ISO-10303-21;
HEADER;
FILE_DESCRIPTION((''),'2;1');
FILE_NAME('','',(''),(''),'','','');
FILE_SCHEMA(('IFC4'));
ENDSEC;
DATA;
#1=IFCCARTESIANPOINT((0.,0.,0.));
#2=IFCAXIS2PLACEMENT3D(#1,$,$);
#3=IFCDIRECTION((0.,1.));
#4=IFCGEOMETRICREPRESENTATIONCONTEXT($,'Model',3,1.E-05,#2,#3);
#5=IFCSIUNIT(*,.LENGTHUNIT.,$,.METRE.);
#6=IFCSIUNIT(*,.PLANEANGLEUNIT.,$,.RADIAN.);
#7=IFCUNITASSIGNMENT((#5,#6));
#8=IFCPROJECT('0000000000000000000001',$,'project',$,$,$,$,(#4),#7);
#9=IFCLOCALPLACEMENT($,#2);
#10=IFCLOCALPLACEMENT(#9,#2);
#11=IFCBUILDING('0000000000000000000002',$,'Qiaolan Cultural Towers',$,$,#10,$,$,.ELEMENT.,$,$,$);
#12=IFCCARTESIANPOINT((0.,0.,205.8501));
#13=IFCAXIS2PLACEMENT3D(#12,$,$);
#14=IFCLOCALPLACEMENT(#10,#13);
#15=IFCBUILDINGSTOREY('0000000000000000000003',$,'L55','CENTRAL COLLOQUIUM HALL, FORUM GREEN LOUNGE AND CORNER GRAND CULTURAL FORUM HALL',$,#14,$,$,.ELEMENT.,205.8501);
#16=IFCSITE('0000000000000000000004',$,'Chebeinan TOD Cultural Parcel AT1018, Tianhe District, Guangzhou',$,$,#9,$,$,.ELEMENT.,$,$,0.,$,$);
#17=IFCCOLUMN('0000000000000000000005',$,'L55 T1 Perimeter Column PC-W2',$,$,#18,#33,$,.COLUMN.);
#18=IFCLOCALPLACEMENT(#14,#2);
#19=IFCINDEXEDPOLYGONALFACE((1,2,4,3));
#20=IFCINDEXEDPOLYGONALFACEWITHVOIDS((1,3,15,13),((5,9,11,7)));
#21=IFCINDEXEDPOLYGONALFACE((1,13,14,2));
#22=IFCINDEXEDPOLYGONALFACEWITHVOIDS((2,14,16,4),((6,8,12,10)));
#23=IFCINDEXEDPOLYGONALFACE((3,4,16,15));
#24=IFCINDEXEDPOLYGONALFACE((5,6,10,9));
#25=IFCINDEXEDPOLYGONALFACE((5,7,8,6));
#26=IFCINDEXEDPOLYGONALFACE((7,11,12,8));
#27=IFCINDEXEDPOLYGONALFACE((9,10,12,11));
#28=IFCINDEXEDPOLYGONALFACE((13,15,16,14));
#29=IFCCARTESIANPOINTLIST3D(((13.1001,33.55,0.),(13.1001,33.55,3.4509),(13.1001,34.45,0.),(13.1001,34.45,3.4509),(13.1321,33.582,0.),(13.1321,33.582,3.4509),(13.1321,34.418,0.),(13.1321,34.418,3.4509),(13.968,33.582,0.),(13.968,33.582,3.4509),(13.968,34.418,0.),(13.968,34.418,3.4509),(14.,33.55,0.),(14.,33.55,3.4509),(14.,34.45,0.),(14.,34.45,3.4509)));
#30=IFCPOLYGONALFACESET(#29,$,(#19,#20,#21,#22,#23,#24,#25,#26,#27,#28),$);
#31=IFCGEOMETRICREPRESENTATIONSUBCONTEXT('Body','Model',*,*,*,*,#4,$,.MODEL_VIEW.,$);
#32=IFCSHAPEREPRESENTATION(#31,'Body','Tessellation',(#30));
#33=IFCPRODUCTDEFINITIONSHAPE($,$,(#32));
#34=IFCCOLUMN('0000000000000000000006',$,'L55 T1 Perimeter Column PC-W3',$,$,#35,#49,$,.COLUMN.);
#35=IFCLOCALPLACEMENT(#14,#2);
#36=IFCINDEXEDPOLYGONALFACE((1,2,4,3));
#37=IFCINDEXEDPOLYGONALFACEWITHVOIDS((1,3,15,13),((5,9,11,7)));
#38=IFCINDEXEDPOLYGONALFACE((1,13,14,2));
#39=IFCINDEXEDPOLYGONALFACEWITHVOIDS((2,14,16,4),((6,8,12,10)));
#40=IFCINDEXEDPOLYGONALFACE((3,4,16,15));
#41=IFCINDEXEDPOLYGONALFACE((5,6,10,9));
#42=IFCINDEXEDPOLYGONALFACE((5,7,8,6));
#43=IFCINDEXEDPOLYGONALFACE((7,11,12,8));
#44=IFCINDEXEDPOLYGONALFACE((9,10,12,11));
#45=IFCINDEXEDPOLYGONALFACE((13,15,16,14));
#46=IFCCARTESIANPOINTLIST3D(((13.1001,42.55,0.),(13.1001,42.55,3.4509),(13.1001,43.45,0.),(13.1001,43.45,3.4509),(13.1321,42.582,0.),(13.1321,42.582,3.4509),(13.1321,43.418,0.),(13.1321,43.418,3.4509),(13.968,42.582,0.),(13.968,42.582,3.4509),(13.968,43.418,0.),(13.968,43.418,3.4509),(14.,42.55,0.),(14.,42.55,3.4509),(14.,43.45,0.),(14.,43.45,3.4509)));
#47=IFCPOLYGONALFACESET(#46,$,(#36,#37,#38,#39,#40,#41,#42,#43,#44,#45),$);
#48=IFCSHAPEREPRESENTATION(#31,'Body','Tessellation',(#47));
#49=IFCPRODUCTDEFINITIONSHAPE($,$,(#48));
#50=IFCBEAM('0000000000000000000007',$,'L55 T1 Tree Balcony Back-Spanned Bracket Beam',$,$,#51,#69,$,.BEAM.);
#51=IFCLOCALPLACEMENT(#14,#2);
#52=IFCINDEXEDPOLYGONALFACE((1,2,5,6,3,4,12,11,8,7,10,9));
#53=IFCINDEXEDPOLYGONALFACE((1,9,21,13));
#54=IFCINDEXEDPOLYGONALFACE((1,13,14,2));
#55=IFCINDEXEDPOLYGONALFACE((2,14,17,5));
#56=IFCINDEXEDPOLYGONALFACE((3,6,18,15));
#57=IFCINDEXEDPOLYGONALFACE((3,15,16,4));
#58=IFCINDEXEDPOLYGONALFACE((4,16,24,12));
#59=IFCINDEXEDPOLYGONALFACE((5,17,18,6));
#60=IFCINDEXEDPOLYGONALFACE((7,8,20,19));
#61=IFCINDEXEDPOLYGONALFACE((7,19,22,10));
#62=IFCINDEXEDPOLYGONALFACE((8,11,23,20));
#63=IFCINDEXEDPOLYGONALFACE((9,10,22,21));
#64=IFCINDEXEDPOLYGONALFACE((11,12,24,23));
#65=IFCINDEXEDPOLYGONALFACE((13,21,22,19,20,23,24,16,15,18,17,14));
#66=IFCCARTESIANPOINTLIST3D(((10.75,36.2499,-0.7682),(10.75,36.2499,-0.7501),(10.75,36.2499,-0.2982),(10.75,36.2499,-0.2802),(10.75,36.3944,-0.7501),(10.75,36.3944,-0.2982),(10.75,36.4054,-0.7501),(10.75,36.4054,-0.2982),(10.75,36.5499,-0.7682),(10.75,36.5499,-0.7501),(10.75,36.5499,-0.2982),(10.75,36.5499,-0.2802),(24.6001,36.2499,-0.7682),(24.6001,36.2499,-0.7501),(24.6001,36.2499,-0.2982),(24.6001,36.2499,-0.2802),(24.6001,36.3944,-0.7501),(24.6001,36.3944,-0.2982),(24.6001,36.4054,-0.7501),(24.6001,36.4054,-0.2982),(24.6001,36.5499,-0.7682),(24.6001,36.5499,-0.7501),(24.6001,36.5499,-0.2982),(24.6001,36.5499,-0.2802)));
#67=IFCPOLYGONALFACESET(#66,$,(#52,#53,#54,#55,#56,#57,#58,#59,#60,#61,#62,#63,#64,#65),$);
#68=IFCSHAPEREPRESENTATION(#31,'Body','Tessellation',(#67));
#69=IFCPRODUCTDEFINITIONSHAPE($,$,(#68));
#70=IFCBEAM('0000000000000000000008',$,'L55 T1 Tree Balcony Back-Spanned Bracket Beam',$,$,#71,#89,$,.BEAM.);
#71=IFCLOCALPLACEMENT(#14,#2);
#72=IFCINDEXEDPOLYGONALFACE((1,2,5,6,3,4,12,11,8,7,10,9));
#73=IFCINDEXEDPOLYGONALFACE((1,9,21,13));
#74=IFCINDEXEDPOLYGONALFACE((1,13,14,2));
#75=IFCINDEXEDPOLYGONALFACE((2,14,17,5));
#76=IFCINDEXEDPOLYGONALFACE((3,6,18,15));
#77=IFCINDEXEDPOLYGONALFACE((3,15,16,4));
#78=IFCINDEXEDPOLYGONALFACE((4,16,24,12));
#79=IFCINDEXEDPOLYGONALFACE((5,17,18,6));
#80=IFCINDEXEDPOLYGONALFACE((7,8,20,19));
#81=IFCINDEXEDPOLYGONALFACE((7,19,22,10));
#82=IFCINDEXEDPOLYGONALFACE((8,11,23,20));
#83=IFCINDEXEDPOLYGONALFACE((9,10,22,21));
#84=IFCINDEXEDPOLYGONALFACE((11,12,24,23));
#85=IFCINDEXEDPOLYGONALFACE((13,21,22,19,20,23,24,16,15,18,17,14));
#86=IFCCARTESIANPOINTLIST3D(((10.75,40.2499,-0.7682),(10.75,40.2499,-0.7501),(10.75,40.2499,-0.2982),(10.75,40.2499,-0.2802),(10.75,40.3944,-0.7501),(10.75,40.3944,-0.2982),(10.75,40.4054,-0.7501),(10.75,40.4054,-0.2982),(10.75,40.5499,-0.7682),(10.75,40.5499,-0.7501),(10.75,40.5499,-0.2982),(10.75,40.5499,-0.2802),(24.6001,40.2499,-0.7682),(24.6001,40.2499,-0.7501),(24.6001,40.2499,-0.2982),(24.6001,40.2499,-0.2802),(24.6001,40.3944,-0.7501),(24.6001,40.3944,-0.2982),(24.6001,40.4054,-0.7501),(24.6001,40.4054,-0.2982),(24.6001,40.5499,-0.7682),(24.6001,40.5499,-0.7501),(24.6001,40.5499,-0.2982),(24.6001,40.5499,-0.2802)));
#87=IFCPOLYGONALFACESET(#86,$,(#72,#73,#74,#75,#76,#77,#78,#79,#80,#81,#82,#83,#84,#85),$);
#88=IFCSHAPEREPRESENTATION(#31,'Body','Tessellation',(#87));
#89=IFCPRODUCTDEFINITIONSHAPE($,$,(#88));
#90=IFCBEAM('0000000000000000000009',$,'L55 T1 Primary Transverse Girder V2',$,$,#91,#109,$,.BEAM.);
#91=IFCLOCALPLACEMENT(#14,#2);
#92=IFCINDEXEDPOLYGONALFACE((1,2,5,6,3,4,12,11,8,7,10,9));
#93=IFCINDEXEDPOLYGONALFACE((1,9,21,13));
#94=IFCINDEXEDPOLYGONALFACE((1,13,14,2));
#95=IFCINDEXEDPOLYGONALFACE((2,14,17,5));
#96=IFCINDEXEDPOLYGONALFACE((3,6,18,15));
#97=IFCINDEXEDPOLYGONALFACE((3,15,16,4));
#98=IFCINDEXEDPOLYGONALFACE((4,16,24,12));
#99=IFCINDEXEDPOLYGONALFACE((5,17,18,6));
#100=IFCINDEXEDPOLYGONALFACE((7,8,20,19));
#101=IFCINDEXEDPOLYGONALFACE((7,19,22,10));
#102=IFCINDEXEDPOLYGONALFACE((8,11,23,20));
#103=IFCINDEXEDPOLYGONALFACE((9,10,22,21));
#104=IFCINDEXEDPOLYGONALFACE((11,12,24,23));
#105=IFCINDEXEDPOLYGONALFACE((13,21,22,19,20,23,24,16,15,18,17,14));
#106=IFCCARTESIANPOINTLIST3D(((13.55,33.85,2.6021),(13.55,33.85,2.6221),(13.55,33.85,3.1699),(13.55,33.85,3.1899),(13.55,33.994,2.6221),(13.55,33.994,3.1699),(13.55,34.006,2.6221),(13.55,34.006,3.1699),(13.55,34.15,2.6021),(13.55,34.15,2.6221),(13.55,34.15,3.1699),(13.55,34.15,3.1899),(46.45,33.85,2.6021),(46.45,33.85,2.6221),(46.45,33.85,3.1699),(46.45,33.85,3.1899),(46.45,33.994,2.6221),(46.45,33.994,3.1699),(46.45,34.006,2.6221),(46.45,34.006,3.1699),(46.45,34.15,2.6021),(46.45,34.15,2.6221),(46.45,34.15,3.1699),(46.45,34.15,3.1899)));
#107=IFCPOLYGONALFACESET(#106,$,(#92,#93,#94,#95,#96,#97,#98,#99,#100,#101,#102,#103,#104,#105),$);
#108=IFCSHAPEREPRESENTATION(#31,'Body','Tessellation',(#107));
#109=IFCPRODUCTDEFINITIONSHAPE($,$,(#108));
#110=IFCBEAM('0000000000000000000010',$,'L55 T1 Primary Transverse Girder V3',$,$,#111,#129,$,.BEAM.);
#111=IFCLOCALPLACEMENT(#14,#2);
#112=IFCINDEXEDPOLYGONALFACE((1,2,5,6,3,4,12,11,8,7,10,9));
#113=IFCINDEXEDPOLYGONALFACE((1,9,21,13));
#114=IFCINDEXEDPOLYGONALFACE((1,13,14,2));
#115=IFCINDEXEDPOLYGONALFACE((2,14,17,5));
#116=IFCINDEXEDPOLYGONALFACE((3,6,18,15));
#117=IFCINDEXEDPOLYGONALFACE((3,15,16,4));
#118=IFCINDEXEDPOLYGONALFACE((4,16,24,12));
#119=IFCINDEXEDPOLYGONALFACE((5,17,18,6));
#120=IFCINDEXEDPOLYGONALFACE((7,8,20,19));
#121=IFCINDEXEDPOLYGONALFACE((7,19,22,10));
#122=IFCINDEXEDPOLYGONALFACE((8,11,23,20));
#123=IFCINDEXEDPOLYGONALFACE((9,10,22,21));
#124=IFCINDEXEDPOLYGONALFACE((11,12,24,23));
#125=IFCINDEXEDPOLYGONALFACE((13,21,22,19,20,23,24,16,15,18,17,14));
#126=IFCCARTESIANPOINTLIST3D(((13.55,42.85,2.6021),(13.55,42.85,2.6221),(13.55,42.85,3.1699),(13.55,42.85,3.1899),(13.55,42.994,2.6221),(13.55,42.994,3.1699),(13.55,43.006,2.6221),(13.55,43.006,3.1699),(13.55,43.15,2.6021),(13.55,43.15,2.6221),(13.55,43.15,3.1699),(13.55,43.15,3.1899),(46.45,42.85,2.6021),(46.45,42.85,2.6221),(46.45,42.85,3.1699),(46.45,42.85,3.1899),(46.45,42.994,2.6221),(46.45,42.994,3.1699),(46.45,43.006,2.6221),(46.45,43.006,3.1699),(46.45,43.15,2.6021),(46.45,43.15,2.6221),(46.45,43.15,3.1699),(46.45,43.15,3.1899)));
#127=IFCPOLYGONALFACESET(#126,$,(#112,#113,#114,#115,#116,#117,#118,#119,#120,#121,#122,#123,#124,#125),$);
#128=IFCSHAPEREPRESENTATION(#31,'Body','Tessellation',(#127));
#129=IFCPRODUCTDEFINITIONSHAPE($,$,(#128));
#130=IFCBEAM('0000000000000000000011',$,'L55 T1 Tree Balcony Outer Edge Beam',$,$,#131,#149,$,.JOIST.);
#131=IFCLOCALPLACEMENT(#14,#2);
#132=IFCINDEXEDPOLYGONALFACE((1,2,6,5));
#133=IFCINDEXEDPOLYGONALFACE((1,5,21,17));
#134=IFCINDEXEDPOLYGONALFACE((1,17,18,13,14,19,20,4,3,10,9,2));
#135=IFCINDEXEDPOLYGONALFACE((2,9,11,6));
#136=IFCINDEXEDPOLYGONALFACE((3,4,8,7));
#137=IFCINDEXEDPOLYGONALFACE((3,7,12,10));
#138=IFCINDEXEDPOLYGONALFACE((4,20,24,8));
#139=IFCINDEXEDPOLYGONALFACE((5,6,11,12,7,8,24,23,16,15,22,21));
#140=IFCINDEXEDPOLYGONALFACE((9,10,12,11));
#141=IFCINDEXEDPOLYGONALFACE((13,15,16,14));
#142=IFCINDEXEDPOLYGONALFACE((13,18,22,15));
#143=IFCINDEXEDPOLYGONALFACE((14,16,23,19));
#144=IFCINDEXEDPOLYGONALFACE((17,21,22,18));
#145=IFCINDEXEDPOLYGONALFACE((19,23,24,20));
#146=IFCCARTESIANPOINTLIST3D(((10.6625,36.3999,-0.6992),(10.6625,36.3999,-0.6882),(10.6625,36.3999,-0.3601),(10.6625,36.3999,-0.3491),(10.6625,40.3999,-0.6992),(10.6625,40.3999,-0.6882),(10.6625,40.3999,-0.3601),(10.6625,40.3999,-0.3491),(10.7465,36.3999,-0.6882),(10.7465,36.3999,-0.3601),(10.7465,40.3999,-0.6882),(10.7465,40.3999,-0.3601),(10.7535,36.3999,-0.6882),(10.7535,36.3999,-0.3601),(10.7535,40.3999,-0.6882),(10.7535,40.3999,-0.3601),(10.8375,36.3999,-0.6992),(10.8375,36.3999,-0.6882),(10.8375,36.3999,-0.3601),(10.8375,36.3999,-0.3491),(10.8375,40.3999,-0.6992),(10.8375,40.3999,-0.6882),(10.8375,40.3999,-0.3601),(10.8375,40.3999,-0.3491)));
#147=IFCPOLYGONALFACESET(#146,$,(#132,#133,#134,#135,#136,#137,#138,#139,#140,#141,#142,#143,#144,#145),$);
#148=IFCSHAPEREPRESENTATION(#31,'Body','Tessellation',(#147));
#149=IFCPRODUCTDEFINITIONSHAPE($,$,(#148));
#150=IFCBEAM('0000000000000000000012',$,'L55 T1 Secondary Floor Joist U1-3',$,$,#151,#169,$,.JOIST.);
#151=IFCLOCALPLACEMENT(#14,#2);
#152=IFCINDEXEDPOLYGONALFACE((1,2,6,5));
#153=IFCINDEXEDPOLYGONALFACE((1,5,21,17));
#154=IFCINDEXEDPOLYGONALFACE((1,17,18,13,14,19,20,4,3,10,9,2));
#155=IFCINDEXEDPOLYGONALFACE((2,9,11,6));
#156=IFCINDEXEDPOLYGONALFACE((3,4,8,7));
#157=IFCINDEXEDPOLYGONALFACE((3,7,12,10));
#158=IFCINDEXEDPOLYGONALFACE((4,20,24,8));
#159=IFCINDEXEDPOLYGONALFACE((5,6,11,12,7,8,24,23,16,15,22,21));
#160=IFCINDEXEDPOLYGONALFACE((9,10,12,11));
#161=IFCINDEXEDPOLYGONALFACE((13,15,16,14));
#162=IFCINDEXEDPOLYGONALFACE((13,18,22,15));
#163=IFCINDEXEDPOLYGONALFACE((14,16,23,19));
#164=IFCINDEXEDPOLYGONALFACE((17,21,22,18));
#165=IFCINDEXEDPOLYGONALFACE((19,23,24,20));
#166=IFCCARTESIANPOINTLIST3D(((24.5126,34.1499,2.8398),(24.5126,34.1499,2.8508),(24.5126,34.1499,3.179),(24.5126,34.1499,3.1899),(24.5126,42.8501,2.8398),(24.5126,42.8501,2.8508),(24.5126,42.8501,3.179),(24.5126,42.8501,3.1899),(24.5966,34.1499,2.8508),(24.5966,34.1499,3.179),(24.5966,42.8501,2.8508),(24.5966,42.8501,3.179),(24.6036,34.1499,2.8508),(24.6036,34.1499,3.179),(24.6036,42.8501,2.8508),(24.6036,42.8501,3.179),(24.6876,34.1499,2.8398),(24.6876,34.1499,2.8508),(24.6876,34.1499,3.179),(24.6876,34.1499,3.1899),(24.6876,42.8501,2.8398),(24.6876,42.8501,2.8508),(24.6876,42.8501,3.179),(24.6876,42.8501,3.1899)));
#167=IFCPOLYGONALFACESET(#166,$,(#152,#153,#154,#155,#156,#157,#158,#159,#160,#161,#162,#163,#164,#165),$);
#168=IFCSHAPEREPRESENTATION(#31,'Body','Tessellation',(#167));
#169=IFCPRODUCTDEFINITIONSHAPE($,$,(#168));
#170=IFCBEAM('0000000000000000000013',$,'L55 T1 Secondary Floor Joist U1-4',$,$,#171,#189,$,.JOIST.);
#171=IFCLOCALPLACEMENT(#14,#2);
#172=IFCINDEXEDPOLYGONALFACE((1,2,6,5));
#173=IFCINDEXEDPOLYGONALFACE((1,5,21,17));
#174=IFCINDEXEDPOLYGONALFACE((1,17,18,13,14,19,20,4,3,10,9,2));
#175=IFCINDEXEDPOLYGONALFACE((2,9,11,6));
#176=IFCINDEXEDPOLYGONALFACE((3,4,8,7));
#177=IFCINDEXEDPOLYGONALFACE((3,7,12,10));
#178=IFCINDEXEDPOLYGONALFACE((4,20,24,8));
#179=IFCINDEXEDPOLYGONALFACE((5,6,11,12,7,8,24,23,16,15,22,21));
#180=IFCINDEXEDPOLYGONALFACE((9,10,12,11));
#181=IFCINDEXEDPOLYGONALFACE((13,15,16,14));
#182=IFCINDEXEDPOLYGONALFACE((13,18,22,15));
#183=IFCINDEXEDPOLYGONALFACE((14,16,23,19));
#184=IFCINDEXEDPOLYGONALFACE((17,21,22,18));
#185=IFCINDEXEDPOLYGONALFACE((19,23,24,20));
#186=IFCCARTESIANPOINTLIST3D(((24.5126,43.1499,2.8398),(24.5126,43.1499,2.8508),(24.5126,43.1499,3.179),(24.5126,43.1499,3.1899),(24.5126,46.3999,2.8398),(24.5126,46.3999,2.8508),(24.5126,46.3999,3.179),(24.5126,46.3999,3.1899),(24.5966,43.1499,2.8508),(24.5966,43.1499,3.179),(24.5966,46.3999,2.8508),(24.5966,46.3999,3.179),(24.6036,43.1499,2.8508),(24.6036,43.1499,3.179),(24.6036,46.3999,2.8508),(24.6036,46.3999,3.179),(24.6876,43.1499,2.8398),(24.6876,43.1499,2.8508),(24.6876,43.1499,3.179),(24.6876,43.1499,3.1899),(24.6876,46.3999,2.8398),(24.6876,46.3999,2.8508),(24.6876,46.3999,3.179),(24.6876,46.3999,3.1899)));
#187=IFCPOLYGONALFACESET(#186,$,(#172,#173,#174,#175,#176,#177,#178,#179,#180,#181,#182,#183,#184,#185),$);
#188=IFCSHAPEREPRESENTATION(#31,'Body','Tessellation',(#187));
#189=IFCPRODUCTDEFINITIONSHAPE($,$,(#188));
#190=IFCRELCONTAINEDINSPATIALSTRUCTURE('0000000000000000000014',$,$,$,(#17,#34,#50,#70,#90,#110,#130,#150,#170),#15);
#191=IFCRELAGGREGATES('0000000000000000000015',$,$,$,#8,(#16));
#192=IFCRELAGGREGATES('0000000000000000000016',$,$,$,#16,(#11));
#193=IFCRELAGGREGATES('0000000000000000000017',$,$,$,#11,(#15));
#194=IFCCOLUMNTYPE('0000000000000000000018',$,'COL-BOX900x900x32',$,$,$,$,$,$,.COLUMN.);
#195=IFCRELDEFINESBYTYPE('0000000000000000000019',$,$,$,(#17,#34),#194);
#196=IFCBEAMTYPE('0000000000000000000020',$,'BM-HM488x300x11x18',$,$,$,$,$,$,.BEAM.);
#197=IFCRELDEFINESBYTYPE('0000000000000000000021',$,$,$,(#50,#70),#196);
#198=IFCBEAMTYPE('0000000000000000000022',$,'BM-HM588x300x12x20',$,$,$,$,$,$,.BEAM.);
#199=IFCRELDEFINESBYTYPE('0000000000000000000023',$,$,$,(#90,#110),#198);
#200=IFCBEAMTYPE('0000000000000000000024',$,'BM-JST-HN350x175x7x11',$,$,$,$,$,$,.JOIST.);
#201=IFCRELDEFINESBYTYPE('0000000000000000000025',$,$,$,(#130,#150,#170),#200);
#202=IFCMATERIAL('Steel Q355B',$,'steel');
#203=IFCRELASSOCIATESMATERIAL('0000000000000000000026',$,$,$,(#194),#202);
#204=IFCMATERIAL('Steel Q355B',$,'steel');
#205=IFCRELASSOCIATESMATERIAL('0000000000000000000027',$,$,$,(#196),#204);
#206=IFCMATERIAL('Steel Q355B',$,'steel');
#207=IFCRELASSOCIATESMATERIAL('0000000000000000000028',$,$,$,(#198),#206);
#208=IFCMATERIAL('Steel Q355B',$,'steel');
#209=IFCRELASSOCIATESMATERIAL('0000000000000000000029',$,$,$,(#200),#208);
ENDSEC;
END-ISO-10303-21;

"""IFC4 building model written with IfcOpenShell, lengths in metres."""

from ifc_helpers import new_model, si_unit, direction, frame, origin, origin_2d, place, context, subcontext, project, spatial, hollow_rectangle, i_section, extrude, material, material_profile, profile_set, type_object, element, save


model = new_model("IFC4")

# Units and contexts
model_context = context("Model", 3, precision=1e-05, world=origin(), true_north=direction((0.0, 1.0)))
body_context = subcontext(model_context, "Body", "Model", "MODEL_VIEW")
ifc_project = project(units=[si_unit("LENGTHUNIT", "METRE"), si_unit("PLANEANGLEUNIT", "RADIAN")], contexts=[model_context])

# Site, building, storey
site_placement = place(None, origin())
site = spatial("IfcSite", under=ifc_project, at=site_placement, Name="Chebeinan TOD Cultural Parcel AT1018, Tianhe District, Guangzhou", CompositionType="ELEMENT", RefElevation=0.0)
building_placement = place(site_placement, origin())
building = spatial("IfcBuilding", under=site, at=building_placement, Name="Qiaolan Cultural Towers", CompositionType="ELEMENT")
storey_placement = place(building_placement, frame((0.0, 0.0, 205.8501)))
storey = spatial("IfcBuildingStorey", under=building, at=storey_placement, Name="L55", Description="CENTRAL COLLOQUIUM HALL, FORUM GREEN LOUNGE AND CORNER GRAND CULTURAL FORUM HALL", CompositionType="ELEMENT", Elevation=205.8501)

# Columns
ifc_material_1 = material(Name="Steel Q355B", Category="steel")
ifc_material_profile_1 = material_profile(ifc_material_1, hollow_rectangle(XDim=0.8999, YDim=0.8999, WallThickness=0.032, at=origin_2d()), Name="BOX900x900x32")
ifc_profile_set_1 = profile_set([ifc_material_profile_1], Name="Steel Q355B")
column_type = type_object("IfcColumnType", Name="COL-BOX900x900x32", PredefinedType="COLUMN", material=ifc_profile_set_1)
for number, where, z_axis, x_axis, name in (
    (1, (13.55, 34.0, 0.0), (0.0, 0.0, 1.0), (1.0, 0.0, 0.0), "L55 T1 Perimeter Column PC-W2"),
    (2, (13.55, 43.0, 0.0), (0.0, 0.0, 1.0), (1.0, 0.0, 0.0), "L55 T1 Perimeter Column PC-W3"),
):
    element("IfcColumn", number, at=place(storey_placement, frame(where, z_axis=z_axis, x_axis=x_axis)), inside=storey, type_object=column_type, Name=name, PredefinedType="COLUMN", context=body_context, shape_type="SweptSolid", body=[
        extrude(hollow_rectangle(XDim=0.8999, YDim=0.8999, WallThickness=0.032, at=origin_2d()), origin(), (0.0, 0.0, 1.0), 3.4509),
    ])

# Beams
ifc_material_2 = material(Name="Steel Q355B", Category="steel")
ifc_material_profile_2 = material_profile(ifc_material_2, i_section(OverallWidth=0.3, OverallDepth=0.488, WebThickness=0.011, FlangeThickness=0.0181, at=origin_2d()), Name="HM488x300x11x18")
ifc_profile_set_2 = profile_set([ifc_material_profile_2], Name="Steel Q355B")
beam_type_1 = type_object("IfcBeamType", Name="BM-HM488x300x11x18", PredefinedType="BEAM", material=ifc_profile_set_2)
for number, where, z_axis, x_axis, name in (
    (3, (24.6001, 36.3999, -0.5242), (-1.0, 0.0, 0.0), (0.0, -1.0, 0.0), "L55 T1 Tree Balcony Back-Spanned Bracket Beam"),
    (4, (24.6001, 40.3999, -0.5242), (-1.0, 0.0, 0.0), (0.0, -1.0, 0.0), "L55 T1 Tree Balcony Back-Spanned Bracket Beam"),
):
    element("IfcBeam", number, at=place(storey_placement, frame(where, z_axis=z_axis, x_axis=x_axis)), inside=storey, type_object=beam_type_1, Name=name, PredefinedType="BEAM", context=body_context, shape_type="SweptSolid", body=[
        extrude(i_section(OverallWidth=0.3, OverallDepth=0.488, WebThickness=0.011, FlangeThickness=0.0181, at=origin_2d()), origin(), (0.0, 0.0, 1.0), 13.8501),
    ])
ifc_material_3 = material(Name="Steel Q355B", Category="steel")
ifc_material_profile_3 = material_profile(ifc_material_3, i_section(OverallWidth=0.3, OverallDepth=0.5879, WebThickness=0.012, FlangeThickness=0.02, at=origin_2d()), Name="HM588x300x12x20")
ifc_profile_set_3 = profile_set([ifc_material_profile_3], Name="Steel Q355B")
beam_type_2 = type_object("IfcBeamType", Name="BM-HM588x300x12x20", PredefinedType="BEAM", material=ifc_profile_set_3)
for number, where, z_axis, x_axis, name in (
    (5, (13.55, 34.0, 2.896), (1.0, 0.0, 0.0), (0.0, 1.0, 0.0), "L55 T1 Primary Transverse Girder V2"),
    (6, (13.55, 43.0, 2.896), (1.0, 0.0, 0.0), (0.0, 1.0, 0.0), "L55 T1 Primary Transverse Girder V3"),
):
    element("IfcBeam", number, at=place(storey_placement, frame(where, z_axis=z_axis, x_axis=x_axis)), inside=storey, type_object=beam_type_2, Name=name, PredefinedType="BEAM", context=body_context, shape_type="SweptSolid", body=[
        extrude(i_section(OverallWidth=0.3, OverallDepth=0.5879, WebThickness=0.012, FlangeThickness=0.02, at=origin_2d()), origin(), (0.0, 0.0, 1.0), 32.8999),
    ])
ifc_material_4 = material(Name="Steel Q355B", Category="steel")
ifc_material_profile_4 = material_profile(ifc_material_4, i_section(OverallWidth=0.175, OverallDepth=0.3501, WebThickness=0.0071, FlangeThickness=0.011, at=origin_2d()), Name="HN350x175x7x11")
ifc_profile_set_4 = profile_set([ifc_material_profile_4], Name="Steel Q355B")
beam_type_3 = type_object("IfcBeamType", Name="BM-JST-HN350x175x7x11", PredefinedType="JOIST", material=ifc_profile_set_4)
beam_1_placement = place(storey_placement, frame((10.75, 36.3999, -0.5242), z_axis=(0.0, 1.0, 0.0), x_axis=(-1.0, 0.0, 0.0)))
element("IfcBeam", 7, at=beam_1_placement, inside=storey, type_object=beam_type_3, Name="L55 T1 Tree Balcony Outer Edge Beam", PredefinedType="JOIST", context=body_context, shape_type="SweptSolid", body=[
    extrude(i_section(OverallWidth=0.175, OverallDepth=0.3501, WebThickness=0.0071, FlangeThickness=0.011, at=origin_2d()), origin(), (0.0, 0.0, 1.0), 4.0),
])
beam_2_placement = place(storey_placement, frame((24.6001, 34.1499, 3.0149), z_axis=(0.0, 1.0, 0.0), x_axis=(-1.0, 0.0, 0.0)))
element("IfcBeam", 8, at=beam_2_placement, inside=storey, type_object=beam_type_3, Name="L55 T1 Secondary Floor Joist U1-3", PredefinedType="JOIST", context=body_context, shape_type="SweptSolid", body=[
    extrude(i_section(OverallWidth=0.175, OverallDepth=0.3501, WebThickness=0.0071, FlangeThickness=0.011, at=origin_2d()), origin(), (0.0, 0.0, 1.0), 8.7002),
])
beam_3_placement = place(storey_placement, frame((24.6001, 43.1499, 3.0149), z_axis=(0.0, 1.0, 0.0), x_axis=(-1.0, 0.0, 0.0)))
element("IfcBeam", 9, at=beam_3_placement, inside=storey, type_object=beam_type_3, Name="L55 T1 Secondary Floor Joist U1-4", PredefinedType="JOIST", context=body_context, shape_type="SweptSolid", body=[
    extrude(i_section(OverallWidth=0.175, OverallDepth=0.3501, WebThickness=0.0071, FlangeThickness=0.011, at=origin_2d()), origin(), (0.0, 0.0, 1.0), 3.25),
])

save(model, "model.ifc")
